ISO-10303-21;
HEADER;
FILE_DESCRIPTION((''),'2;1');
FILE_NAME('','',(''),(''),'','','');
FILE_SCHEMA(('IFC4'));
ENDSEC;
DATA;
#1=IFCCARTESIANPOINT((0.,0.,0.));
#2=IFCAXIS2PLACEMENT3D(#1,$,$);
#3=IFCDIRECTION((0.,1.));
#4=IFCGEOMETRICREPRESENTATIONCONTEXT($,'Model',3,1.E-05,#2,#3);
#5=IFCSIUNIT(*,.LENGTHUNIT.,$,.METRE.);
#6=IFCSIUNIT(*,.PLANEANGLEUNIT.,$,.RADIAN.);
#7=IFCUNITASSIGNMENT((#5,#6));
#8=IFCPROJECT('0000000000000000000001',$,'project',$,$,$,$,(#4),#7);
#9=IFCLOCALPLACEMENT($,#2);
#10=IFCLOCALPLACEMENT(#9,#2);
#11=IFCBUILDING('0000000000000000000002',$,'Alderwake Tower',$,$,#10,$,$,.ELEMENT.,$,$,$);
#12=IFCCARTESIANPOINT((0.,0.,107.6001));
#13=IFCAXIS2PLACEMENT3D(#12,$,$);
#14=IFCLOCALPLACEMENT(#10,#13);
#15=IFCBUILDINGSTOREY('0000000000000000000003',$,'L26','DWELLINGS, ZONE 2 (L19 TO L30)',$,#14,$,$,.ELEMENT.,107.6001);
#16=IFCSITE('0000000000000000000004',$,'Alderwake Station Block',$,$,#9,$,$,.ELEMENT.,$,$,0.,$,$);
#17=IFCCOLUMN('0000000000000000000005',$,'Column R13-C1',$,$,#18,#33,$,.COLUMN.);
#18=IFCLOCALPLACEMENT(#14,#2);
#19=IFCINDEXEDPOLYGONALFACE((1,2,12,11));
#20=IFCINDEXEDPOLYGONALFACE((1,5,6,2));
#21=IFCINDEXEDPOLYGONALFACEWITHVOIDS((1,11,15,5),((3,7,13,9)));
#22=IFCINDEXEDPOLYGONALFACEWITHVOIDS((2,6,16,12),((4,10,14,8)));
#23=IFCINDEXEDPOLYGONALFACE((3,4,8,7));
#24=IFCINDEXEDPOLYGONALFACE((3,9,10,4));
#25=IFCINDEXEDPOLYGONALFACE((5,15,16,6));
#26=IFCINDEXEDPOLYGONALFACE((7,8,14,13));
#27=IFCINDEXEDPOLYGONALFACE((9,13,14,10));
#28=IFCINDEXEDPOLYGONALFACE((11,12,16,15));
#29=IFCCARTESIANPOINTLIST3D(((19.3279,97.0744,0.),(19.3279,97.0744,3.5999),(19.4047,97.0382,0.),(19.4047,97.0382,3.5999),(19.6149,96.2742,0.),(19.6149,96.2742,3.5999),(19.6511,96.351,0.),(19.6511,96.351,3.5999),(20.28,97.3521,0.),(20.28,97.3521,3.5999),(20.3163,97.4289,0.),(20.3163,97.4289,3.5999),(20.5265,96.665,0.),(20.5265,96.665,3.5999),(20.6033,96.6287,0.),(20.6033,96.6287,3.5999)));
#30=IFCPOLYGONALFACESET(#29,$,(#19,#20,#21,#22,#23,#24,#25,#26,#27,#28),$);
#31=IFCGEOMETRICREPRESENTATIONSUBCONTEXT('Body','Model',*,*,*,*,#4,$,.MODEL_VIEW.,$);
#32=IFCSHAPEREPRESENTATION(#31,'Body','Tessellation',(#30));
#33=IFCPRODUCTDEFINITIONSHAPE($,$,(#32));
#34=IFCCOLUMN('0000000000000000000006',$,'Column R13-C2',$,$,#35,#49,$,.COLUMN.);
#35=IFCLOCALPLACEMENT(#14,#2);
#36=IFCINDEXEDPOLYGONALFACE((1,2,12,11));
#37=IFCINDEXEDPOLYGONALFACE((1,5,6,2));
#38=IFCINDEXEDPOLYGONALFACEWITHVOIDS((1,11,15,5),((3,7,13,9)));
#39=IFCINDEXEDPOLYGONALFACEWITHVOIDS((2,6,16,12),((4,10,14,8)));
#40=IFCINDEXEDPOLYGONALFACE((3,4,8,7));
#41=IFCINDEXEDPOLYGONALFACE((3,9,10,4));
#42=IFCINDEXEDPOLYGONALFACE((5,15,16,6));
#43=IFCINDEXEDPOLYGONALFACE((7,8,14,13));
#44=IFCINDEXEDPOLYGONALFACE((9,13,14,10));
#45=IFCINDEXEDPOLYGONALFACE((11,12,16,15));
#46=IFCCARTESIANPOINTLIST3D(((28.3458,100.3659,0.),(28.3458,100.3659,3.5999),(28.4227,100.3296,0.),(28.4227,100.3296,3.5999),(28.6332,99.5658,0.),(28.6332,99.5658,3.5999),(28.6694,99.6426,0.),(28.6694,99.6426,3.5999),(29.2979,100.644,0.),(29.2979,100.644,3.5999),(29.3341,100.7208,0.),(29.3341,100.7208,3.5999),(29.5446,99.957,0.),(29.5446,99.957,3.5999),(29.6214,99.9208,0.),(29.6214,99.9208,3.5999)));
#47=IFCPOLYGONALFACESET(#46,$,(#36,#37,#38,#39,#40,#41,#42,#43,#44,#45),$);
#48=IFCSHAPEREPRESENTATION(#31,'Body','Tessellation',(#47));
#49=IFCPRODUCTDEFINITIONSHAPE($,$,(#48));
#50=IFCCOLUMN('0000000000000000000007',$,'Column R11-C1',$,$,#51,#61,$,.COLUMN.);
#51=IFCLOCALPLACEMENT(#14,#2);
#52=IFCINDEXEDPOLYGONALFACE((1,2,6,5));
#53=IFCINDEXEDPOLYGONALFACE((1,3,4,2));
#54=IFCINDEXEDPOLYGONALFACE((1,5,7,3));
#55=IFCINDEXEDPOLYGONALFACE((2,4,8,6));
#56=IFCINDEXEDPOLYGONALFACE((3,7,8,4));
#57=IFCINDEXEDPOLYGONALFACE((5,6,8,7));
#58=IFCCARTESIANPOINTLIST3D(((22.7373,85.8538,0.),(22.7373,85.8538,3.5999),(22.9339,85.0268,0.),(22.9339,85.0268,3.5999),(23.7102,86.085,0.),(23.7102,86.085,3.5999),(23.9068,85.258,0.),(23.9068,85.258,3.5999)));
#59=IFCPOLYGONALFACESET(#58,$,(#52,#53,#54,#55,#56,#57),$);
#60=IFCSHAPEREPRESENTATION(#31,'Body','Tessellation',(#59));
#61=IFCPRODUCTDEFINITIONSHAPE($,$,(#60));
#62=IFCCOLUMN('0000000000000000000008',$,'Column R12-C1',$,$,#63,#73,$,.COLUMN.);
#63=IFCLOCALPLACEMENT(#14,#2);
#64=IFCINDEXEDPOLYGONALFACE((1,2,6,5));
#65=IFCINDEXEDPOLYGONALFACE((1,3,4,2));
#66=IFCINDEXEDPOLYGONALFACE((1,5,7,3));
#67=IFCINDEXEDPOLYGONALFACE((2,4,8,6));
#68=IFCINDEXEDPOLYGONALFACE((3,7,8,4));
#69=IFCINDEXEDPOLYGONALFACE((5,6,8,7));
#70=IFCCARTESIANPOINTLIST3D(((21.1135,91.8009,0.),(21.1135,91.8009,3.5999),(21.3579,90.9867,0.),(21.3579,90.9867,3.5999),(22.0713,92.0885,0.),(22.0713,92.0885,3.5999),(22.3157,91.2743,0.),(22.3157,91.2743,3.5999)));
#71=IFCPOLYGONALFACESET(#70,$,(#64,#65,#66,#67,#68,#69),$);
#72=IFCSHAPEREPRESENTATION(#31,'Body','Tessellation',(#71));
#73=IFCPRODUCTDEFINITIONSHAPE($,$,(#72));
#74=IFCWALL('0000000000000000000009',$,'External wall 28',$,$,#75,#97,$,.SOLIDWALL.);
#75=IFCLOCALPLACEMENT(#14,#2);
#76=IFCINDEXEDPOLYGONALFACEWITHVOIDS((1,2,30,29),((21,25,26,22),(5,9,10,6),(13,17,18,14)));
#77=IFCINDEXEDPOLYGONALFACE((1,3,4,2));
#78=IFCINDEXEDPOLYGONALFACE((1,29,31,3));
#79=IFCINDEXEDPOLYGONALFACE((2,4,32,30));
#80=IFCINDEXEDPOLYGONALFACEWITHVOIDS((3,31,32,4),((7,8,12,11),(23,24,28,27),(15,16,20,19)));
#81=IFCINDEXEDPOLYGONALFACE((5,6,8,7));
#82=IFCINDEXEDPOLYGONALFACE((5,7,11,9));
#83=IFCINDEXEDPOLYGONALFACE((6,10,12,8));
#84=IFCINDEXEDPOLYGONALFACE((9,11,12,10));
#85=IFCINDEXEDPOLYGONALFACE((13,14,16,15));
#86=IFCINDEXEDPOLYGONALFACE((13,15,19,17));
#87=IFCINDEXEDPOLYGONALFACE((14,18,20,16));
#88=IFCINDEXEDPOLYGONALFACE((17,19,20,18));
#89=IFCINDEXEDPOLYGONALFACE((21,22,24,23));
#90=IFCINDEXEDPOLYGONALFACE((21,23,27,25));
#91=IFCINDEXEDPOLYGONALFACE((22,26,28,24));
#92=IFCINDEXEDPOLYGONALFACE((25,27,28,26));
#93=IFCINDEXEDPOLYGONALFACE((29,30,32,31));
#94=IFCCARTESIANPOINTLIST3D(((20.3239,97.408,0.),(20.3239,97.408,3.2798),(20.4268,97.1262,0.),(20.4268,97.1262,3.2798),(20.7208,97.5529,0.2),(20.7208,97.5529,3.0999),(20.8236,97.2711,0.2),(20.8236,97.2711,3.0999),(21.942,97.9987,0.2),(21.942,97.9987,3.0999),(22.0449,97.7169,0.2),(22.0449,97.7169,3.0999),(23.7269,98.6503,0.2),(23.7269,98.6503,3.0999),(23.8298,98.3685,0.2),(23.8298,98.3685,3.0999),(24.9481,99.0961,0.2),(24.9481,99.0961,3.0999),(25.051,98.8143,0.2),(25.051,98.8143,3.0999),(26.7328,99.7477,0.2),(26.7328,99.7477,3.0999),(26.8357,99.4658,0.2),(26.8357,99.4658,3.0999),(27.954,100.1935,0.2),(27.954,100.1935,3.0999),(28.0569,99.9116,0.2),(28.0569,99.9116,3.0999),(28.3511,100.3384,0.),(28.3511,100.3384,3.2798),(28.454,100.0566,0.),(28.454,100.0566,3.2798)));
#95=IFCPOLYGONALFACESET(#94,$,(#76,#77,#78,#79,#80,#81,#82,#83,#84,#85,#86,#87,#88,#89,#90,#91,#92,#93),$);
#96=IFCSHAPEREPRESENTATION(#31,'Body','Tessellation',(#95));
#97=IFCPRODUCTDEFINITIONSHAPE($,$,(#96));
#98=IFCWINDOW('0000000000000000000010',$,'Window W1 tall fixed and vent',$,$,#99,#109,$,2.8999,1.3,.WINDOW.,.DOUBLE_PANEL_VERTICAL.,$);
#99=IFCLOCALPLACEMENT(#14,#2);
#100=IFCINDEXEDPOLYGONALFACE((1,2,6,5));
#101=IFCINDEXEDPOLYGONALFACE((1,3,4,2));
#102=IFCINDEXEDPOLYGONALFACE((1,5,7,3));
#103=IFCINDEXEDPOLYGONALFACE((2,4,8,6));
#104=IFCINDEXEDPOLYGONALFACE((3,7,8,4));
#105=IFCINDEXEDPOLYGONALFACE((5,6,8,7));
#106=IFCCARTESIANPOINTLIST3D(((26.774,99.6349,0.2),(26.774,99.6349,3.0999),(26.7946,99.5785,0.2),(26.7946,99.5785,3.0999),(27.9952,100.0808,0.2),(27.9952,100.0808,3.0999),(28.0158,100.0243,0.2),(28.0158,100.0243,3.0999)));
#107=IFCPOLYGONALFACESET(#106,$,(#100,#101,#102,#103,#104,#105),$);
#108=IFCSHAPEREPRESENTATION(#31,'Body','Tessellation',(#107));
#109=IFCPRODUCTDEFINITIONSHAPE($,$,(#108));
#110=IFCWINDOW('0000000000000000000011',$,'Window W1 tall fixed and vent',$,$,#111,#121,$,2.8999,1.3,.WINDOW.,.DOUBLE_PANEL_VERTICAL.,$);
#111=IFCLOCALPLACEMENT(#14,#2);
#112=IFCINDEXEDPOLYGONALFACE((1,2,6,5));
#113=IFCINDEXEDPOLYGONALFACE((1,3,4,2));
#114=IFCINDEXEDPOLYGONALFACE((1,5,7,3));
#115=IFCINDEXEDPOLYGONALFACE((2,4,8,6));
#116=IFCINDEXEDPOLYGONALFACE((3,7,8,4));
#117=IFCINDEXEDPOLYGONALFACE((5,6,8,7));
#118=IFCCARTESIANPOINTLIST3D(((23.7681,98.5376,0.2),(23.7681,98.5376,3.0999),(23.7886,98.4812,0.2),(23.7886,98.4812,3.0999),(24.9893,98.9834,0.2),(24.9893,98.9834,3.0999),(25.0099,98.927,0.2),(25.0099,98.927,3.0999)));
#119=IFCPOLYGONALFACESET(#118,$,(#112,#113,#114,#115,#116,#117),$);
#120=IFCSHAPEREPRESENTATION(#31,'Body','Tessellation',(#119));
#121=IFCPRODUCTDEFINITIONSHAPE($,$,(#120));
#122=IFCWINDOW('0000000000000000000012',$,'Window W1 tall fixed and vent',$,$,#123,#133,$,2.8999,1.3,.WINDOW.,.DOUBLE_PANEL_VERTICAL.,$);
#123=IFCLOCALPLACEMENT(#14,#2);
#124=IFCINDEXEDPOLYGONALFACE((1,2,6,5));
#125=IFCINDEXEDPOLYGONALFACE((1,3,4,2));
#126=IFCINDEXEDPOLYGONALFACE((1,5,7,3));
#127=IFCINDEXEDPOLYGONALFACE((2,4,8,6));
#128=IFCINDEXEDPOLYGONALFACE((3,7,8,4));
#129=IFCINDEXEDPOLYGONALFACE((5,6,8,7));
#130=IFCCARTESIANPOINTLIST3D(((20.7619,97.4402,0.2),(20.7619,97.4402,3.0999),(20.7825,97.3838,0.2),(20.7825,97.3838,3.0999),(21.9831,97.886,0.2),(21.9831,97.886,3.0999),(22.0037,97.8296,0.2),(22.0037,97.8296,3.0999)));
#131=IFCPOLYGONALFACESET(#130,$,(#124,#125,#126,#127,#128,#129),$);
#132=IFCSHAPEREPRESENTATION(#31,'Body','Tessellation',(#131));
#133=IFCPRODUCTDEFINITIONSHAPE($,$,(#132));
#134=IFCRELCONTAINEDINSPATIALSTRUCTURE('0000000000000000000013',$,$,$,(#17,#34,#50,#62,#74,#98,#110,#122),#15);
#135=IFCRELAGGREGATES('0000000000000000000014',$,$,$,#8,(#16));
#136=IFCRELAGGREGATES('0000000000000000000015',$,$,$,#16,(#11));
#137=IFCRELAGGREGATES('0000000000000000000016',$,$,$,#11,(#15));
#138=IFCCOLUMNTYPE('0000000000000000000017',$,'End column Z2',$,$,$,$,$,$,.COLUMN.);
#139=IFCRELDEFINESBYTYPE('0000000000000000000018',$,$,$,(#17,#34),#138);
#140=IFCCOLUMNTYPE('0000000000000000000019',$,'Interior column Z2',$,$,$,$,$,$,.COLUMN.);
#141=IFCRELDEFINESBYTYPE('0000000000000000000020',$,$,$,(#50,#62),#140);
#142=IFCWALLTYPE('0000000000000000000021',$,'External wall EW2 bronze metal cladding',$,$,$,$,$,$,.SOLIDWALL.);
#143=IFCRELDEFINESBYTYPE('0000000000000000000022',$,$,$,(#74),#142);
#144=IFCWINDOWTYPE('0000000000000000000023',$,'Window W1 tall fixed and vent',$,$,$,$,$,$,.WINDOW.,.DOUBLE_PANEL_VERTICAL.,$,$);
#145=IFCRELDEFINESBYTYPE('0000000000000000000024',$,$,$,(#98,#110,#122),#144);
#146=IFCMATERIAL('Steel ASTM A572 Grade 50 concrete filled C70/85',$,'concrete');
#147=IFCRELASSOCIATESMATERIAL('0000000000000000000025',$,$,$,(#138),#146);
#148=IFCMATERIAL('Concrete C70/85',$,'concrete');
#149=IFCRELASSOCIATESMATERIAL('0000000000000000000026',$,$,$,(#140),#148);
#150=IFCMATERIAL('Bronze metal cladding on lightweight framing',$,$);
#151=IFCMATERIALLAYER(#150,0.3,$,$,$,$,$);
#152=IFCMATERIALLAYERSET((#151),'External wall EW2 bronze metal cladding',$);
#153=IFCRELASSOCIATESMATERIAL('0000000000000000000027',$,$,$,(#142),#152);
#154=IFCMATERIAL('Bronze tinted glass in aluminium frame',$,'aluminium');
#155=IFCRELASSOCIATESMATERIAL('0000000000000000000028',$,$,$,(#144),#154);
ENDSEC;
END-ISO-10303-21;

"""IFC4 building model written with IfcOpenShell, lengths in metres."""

from ifc_helpers import new_model, si_unit, direction, frame, frame_2d, origin, origin_2d, place, context, subcontext, project, spatial, rectangle, hollow_rectangle, extrude, material, layer, layer_set, material_profile, profile_set, type_object, element, fill, save


model = new_model("IFC4")

# Units and contexts
model_context = context("Model", 3, precision=1e-05, world=origin(), true_north=direction((0.0, 1.0)))
body_context = subcontext(model_context, "Body", "Model", "MODEL_VIEW")
ifc_project = project(units=[si_unit("LENGTHUNIT", "METRE"), si_unit("PLANEANGLEUNIT", "RADIAN")], contexts=[model_context])

# Site, building, storey
site_placement = place(None, origin())
site = spatial("IfcSite", under=ifc_project, at=site_placement, Name="Alderwake Station Block", CompositionType="ELEMENT", RefElevation=0.0)
building_placement = place(site_placement, origin())
building = spatial("IfcBuilding", under=site, at=building_placement, Name="Alderwake Tower", CompositionType="ELEMENT")
storey_placement = place(building_placement, frame((0.0, 0.0, 107.6001)))
storey = spatial("IfcBuildingStorey", under=building, at=storey_placement, Name="L26", Description="DWELLINGS, ZONE 2 (L19 TO L30)", CompositionType="ELEMENT", Elevation=107.6001)

# Columns
ifc_material_1 = material(Name="Steel ASTM A572 Grade 50 concrete filled C70/85", Category="concrete")
ifc_material_profile_1 = material_profile(ifc_material_1, hollow_rectangle(XDim=0.8501, YDim=1.05, WallThickness=0.0601, at=origin_2d()), Name="BOX 1050X850X60")
ifc_profile_set_1 = profile_set([ifc_material_profile_1], Name="Steel ASTM A572 Grade 50 concrete filled C70/85")
column_type_1 = type_object("IfcColumnType", Name="End column Z2", PredefinedType="COLUMN", material=ifc_profile_set_1)
for number, where, z_axis, x_axis, name in (
    (1, (19.9656, 96.8516, 0.0), (0.0, 0.0, 1.0), (-0.337585, 0.941295, 0.0), "Column R13-C1"),
    (2, (28.9836, 100.1433, 0.0), (0.0, 0.0, 1.0), (-0.338027, 0.941136, 0.0), "Column R13-C2"),
):
    element("IfcColumn", number, at=place(storey_placement, frame(where, z_axis=z_axis, x_axis=x_axis)), inside=storey, type_object=column_type_1, Name=name, PredefinedType="COLUMN", context=body_context, shape_type="SweptSolid", body=[
        extrude(hollow_rectangle(XDim=0.8501, YDim=1.05, WallThickness=0.0601, at=origin_2d()), origin(), (0.0, 0.0, 1.0), 3.5999),
    ])
ifc_material_2 = material(Name="Concrete C70/85", Category="concrete")
ifc_material_profile_2 = material_profile(ifc_material_2, rectangle(XDim=0.8501, YDim=1.0, at=origin_2d()), Name="RC 1000X850")
ifc_profile_set_2 = profile_set([ifc_material_profile_2], Name="Concrete C70/85")
column_type_2 = type_object("IfcColumnType", Name="Interior column Z2", PredefinedType="COLUMN", material=ifc_profile_set_2)
for number, where, z_axis, x_axis, name in (
    (3, (23.322, 85.5559, 0.0), (0.0, 0.0, 1.0), (-0.231222, 0.972901, 0.0), "Column R11-C1"),
    (4, (21.7146, 91.5376, 0.0), (0.0, 0.0, 1.0), (-0.287549, 0.957766, 0.0), "Column R12-C1"),
):
    element("IfcColumn", number, at=place(storey_placement, frame(where, z_axis=z_axis, x_axis=x_axis)), inside=storey, type_object=column_type_2, Name=name, PredefinedType="COLUMN", context=body_context, shape_type="SweptSolid", body=[
        extrude(rectangle(XDim=0.8501, YDim=1.0, at=origin_2d()), origin(), (0.0, 0.0, 1.0), 3.5999),
    ])

# Wall, openings, windows
ifc_material_3 = material(Name="Bronze metal cladding on lightweight framing")
ifc_layer_1 = layer(ifc_material_3, 0.3)
ifc_layer_set_1 = layer_set([ifc_layer_1], Name="External wall EW2 bronze metal cladding")
wall_type_1 = type_object("IfcWallType", Name="External wall EW2 bronze metal cladding", PredefinedType="SOLIDWALL", material=ifc_layer_set_1)
wall_1_placement = place(storey_placement, frame((28.4026, 100.1975, 0.0), z_axis=(0.0, 0.0, 1.0), x_axis=(-0.939365, -0.34292, 0.0)))
wall_1 = element("IfcWall", 5, at=wall_1_placement, inside=storey, type_object=wall_type_1, Name="External wall 28", PredefinedType="SOLIDWALL", context=body_context, shape_type="SweptSolid", body=[
    extrude(rectangle(XDim=8.5454, YDim=0.3, at=frame_2d((4.2727, 0.0))), origin(), (0.0, 0.0, 1.0), 3.2798),
])
opening_1_placement = place(wall_1_placement, frame((0.4229, 0.0, 0.2)))
opening_1 = element("IfcOpeningElement", 6, at=opening_1_placement, cuts=wall_1, PredefinedType="OPENING", context=body_context, shape_type="SweptSolid", body=[
    extrude(rectangle(XDim=1.3, YDim=2.8999, at=frame_2d((0.6499, 1.45))), frame((0.0, 0.1599, 0.0), z_axis=(0.0, -1.0, 0.0), x_axis=(1.0, 0.0, 0.0)), (0.0, 0.0, 1.0), 0.3201),
])
opening_2_placement = place(wall_1_placement, frame((3.6228, 0.0, 0.2)))
opening_2 = element("IfcOpeningElement", 7, at=opening_2_placement, cuts=wall_1, PredefinedType="OPENING", context=body_context, shape_type="SweptSolid", body=[
    extrude(rectangle(XDim=1.3, YDim=2.8999, at=frame_2d((0.6499, 1.45))), frame((0.0, 0.1599, 0.0), z_axis=(0.0, -1.0, 0.0), x_axis=(1.0, 0.0, 0.0)), (0.0, 0.0, 1.0), 0.3201),
])
opening_3_placement = place(wall_1_placement, frame((6.823, 0.0, 0.2)))
opening_3 = element("IfcOpeningElement", 8, at=opening_3_placement, cuts=wall_1, PredefinedType="OPENING", context=body_context, shape_type="SweptSolid", body=[
    extrude(rectangle(XDim=1.3, YDim=2.8999, at=frame_2d((0.6499, 1.45))), frame((0.0, 0.1599, 0.0), z_axis=(0.0, -1.0, 0.0), x_axis=(1.0, 0.0, 0.0)), (0.0, 0.0, 1.0), 0.3201),
])
ifc_material_4 = material(Name="Bronze tinted glass in aluminium frame", Category="aluminium")
window_type = type_object("IfcWindowType", Name="Window W1 tall fixed and vent", PartitioningType="DOUBLE_PANEL_VERTICAL", PredefinedType="WINDOW", material=ifc_material_4)
window_1_placement = place(opening_1_placement, origin())
window_1 = element("IfcWindow", 9, at=window_1_placement, inside=storey, type_object=window_type, Name="Window W1 tall fixed and vent", OverallHeight=2.8999, OverallWidth=1.3, PartitioningType="DOUBLE_PANEL_VERTICAL", PredefinedType="WINDOW", context=body_context, shape_type="SweptSolid", body=[
    extrude(rectangle(XDim=1.3, YDim=2.8999, at=frame_2d((0.6499, 1.45))), frame((0.0, 0.03, 0.0), z_axis=(0.0, -1.0, 0.0), x_axis=(1.0, 0.0, 0.0)), (0.0, 0.0, 1.0), 0.0601),
])
fill(opening_1, window_1)
window_2_placement = place(opening_2_placement, origin())
window_2 = element("IfcWindow", 10, at=window_2_placement, inside=storey, type_object=window_type, Name="Window W1 tall fixed and vent", OverallHeight=2.8999, OverallWidth=1.3, PartitioningType="DOUBLE_PANEL_VERTICAL", PredefinedType="WINDOW", context=body_context, shape_type="SweptSolid", body=[
    extrude(rectangle(XDim=1.3, YDim=2.8999, at=frame_2d((0.6499, 1.45))), frame((0.0, 0.03, 0.0), z_axis=(0.0, -1.0, 0.0), x_axis=(1.0, 0.0, 0.0)), (0.0, 0.0, 1.0), 0.0601),
])
fill(opening_2, window_2)
window_3_placement = place(opening_3_placement, origin())
window_3 = element("IfcWindow", 11, at=window_3_placement, inside=storey, type_object=window_type, Name="Window W1 tall fixed and vent", OverallHeight=2.8999, OverallWidth=1.3, PartitioningType="DOUBLE_PANEL_VERTICAL", PredefinedType="WINDOW", context=body_context, shape_type="SweptSolid", body=[
    extrude(rectangle(XDim=1.3, YDim=2.8999, at=frame_2d((0.6499, 1.45))), frame((0.0, 0.03, 0.0), z_axis=(0.0, -1.0, 0.0), x_axis=(1.0, 0.0, 0.0)), (0.0, 0.0, 1.0), 0.0601),
])
fill(opening_3, window_3)

save(model, "model.ifc")
